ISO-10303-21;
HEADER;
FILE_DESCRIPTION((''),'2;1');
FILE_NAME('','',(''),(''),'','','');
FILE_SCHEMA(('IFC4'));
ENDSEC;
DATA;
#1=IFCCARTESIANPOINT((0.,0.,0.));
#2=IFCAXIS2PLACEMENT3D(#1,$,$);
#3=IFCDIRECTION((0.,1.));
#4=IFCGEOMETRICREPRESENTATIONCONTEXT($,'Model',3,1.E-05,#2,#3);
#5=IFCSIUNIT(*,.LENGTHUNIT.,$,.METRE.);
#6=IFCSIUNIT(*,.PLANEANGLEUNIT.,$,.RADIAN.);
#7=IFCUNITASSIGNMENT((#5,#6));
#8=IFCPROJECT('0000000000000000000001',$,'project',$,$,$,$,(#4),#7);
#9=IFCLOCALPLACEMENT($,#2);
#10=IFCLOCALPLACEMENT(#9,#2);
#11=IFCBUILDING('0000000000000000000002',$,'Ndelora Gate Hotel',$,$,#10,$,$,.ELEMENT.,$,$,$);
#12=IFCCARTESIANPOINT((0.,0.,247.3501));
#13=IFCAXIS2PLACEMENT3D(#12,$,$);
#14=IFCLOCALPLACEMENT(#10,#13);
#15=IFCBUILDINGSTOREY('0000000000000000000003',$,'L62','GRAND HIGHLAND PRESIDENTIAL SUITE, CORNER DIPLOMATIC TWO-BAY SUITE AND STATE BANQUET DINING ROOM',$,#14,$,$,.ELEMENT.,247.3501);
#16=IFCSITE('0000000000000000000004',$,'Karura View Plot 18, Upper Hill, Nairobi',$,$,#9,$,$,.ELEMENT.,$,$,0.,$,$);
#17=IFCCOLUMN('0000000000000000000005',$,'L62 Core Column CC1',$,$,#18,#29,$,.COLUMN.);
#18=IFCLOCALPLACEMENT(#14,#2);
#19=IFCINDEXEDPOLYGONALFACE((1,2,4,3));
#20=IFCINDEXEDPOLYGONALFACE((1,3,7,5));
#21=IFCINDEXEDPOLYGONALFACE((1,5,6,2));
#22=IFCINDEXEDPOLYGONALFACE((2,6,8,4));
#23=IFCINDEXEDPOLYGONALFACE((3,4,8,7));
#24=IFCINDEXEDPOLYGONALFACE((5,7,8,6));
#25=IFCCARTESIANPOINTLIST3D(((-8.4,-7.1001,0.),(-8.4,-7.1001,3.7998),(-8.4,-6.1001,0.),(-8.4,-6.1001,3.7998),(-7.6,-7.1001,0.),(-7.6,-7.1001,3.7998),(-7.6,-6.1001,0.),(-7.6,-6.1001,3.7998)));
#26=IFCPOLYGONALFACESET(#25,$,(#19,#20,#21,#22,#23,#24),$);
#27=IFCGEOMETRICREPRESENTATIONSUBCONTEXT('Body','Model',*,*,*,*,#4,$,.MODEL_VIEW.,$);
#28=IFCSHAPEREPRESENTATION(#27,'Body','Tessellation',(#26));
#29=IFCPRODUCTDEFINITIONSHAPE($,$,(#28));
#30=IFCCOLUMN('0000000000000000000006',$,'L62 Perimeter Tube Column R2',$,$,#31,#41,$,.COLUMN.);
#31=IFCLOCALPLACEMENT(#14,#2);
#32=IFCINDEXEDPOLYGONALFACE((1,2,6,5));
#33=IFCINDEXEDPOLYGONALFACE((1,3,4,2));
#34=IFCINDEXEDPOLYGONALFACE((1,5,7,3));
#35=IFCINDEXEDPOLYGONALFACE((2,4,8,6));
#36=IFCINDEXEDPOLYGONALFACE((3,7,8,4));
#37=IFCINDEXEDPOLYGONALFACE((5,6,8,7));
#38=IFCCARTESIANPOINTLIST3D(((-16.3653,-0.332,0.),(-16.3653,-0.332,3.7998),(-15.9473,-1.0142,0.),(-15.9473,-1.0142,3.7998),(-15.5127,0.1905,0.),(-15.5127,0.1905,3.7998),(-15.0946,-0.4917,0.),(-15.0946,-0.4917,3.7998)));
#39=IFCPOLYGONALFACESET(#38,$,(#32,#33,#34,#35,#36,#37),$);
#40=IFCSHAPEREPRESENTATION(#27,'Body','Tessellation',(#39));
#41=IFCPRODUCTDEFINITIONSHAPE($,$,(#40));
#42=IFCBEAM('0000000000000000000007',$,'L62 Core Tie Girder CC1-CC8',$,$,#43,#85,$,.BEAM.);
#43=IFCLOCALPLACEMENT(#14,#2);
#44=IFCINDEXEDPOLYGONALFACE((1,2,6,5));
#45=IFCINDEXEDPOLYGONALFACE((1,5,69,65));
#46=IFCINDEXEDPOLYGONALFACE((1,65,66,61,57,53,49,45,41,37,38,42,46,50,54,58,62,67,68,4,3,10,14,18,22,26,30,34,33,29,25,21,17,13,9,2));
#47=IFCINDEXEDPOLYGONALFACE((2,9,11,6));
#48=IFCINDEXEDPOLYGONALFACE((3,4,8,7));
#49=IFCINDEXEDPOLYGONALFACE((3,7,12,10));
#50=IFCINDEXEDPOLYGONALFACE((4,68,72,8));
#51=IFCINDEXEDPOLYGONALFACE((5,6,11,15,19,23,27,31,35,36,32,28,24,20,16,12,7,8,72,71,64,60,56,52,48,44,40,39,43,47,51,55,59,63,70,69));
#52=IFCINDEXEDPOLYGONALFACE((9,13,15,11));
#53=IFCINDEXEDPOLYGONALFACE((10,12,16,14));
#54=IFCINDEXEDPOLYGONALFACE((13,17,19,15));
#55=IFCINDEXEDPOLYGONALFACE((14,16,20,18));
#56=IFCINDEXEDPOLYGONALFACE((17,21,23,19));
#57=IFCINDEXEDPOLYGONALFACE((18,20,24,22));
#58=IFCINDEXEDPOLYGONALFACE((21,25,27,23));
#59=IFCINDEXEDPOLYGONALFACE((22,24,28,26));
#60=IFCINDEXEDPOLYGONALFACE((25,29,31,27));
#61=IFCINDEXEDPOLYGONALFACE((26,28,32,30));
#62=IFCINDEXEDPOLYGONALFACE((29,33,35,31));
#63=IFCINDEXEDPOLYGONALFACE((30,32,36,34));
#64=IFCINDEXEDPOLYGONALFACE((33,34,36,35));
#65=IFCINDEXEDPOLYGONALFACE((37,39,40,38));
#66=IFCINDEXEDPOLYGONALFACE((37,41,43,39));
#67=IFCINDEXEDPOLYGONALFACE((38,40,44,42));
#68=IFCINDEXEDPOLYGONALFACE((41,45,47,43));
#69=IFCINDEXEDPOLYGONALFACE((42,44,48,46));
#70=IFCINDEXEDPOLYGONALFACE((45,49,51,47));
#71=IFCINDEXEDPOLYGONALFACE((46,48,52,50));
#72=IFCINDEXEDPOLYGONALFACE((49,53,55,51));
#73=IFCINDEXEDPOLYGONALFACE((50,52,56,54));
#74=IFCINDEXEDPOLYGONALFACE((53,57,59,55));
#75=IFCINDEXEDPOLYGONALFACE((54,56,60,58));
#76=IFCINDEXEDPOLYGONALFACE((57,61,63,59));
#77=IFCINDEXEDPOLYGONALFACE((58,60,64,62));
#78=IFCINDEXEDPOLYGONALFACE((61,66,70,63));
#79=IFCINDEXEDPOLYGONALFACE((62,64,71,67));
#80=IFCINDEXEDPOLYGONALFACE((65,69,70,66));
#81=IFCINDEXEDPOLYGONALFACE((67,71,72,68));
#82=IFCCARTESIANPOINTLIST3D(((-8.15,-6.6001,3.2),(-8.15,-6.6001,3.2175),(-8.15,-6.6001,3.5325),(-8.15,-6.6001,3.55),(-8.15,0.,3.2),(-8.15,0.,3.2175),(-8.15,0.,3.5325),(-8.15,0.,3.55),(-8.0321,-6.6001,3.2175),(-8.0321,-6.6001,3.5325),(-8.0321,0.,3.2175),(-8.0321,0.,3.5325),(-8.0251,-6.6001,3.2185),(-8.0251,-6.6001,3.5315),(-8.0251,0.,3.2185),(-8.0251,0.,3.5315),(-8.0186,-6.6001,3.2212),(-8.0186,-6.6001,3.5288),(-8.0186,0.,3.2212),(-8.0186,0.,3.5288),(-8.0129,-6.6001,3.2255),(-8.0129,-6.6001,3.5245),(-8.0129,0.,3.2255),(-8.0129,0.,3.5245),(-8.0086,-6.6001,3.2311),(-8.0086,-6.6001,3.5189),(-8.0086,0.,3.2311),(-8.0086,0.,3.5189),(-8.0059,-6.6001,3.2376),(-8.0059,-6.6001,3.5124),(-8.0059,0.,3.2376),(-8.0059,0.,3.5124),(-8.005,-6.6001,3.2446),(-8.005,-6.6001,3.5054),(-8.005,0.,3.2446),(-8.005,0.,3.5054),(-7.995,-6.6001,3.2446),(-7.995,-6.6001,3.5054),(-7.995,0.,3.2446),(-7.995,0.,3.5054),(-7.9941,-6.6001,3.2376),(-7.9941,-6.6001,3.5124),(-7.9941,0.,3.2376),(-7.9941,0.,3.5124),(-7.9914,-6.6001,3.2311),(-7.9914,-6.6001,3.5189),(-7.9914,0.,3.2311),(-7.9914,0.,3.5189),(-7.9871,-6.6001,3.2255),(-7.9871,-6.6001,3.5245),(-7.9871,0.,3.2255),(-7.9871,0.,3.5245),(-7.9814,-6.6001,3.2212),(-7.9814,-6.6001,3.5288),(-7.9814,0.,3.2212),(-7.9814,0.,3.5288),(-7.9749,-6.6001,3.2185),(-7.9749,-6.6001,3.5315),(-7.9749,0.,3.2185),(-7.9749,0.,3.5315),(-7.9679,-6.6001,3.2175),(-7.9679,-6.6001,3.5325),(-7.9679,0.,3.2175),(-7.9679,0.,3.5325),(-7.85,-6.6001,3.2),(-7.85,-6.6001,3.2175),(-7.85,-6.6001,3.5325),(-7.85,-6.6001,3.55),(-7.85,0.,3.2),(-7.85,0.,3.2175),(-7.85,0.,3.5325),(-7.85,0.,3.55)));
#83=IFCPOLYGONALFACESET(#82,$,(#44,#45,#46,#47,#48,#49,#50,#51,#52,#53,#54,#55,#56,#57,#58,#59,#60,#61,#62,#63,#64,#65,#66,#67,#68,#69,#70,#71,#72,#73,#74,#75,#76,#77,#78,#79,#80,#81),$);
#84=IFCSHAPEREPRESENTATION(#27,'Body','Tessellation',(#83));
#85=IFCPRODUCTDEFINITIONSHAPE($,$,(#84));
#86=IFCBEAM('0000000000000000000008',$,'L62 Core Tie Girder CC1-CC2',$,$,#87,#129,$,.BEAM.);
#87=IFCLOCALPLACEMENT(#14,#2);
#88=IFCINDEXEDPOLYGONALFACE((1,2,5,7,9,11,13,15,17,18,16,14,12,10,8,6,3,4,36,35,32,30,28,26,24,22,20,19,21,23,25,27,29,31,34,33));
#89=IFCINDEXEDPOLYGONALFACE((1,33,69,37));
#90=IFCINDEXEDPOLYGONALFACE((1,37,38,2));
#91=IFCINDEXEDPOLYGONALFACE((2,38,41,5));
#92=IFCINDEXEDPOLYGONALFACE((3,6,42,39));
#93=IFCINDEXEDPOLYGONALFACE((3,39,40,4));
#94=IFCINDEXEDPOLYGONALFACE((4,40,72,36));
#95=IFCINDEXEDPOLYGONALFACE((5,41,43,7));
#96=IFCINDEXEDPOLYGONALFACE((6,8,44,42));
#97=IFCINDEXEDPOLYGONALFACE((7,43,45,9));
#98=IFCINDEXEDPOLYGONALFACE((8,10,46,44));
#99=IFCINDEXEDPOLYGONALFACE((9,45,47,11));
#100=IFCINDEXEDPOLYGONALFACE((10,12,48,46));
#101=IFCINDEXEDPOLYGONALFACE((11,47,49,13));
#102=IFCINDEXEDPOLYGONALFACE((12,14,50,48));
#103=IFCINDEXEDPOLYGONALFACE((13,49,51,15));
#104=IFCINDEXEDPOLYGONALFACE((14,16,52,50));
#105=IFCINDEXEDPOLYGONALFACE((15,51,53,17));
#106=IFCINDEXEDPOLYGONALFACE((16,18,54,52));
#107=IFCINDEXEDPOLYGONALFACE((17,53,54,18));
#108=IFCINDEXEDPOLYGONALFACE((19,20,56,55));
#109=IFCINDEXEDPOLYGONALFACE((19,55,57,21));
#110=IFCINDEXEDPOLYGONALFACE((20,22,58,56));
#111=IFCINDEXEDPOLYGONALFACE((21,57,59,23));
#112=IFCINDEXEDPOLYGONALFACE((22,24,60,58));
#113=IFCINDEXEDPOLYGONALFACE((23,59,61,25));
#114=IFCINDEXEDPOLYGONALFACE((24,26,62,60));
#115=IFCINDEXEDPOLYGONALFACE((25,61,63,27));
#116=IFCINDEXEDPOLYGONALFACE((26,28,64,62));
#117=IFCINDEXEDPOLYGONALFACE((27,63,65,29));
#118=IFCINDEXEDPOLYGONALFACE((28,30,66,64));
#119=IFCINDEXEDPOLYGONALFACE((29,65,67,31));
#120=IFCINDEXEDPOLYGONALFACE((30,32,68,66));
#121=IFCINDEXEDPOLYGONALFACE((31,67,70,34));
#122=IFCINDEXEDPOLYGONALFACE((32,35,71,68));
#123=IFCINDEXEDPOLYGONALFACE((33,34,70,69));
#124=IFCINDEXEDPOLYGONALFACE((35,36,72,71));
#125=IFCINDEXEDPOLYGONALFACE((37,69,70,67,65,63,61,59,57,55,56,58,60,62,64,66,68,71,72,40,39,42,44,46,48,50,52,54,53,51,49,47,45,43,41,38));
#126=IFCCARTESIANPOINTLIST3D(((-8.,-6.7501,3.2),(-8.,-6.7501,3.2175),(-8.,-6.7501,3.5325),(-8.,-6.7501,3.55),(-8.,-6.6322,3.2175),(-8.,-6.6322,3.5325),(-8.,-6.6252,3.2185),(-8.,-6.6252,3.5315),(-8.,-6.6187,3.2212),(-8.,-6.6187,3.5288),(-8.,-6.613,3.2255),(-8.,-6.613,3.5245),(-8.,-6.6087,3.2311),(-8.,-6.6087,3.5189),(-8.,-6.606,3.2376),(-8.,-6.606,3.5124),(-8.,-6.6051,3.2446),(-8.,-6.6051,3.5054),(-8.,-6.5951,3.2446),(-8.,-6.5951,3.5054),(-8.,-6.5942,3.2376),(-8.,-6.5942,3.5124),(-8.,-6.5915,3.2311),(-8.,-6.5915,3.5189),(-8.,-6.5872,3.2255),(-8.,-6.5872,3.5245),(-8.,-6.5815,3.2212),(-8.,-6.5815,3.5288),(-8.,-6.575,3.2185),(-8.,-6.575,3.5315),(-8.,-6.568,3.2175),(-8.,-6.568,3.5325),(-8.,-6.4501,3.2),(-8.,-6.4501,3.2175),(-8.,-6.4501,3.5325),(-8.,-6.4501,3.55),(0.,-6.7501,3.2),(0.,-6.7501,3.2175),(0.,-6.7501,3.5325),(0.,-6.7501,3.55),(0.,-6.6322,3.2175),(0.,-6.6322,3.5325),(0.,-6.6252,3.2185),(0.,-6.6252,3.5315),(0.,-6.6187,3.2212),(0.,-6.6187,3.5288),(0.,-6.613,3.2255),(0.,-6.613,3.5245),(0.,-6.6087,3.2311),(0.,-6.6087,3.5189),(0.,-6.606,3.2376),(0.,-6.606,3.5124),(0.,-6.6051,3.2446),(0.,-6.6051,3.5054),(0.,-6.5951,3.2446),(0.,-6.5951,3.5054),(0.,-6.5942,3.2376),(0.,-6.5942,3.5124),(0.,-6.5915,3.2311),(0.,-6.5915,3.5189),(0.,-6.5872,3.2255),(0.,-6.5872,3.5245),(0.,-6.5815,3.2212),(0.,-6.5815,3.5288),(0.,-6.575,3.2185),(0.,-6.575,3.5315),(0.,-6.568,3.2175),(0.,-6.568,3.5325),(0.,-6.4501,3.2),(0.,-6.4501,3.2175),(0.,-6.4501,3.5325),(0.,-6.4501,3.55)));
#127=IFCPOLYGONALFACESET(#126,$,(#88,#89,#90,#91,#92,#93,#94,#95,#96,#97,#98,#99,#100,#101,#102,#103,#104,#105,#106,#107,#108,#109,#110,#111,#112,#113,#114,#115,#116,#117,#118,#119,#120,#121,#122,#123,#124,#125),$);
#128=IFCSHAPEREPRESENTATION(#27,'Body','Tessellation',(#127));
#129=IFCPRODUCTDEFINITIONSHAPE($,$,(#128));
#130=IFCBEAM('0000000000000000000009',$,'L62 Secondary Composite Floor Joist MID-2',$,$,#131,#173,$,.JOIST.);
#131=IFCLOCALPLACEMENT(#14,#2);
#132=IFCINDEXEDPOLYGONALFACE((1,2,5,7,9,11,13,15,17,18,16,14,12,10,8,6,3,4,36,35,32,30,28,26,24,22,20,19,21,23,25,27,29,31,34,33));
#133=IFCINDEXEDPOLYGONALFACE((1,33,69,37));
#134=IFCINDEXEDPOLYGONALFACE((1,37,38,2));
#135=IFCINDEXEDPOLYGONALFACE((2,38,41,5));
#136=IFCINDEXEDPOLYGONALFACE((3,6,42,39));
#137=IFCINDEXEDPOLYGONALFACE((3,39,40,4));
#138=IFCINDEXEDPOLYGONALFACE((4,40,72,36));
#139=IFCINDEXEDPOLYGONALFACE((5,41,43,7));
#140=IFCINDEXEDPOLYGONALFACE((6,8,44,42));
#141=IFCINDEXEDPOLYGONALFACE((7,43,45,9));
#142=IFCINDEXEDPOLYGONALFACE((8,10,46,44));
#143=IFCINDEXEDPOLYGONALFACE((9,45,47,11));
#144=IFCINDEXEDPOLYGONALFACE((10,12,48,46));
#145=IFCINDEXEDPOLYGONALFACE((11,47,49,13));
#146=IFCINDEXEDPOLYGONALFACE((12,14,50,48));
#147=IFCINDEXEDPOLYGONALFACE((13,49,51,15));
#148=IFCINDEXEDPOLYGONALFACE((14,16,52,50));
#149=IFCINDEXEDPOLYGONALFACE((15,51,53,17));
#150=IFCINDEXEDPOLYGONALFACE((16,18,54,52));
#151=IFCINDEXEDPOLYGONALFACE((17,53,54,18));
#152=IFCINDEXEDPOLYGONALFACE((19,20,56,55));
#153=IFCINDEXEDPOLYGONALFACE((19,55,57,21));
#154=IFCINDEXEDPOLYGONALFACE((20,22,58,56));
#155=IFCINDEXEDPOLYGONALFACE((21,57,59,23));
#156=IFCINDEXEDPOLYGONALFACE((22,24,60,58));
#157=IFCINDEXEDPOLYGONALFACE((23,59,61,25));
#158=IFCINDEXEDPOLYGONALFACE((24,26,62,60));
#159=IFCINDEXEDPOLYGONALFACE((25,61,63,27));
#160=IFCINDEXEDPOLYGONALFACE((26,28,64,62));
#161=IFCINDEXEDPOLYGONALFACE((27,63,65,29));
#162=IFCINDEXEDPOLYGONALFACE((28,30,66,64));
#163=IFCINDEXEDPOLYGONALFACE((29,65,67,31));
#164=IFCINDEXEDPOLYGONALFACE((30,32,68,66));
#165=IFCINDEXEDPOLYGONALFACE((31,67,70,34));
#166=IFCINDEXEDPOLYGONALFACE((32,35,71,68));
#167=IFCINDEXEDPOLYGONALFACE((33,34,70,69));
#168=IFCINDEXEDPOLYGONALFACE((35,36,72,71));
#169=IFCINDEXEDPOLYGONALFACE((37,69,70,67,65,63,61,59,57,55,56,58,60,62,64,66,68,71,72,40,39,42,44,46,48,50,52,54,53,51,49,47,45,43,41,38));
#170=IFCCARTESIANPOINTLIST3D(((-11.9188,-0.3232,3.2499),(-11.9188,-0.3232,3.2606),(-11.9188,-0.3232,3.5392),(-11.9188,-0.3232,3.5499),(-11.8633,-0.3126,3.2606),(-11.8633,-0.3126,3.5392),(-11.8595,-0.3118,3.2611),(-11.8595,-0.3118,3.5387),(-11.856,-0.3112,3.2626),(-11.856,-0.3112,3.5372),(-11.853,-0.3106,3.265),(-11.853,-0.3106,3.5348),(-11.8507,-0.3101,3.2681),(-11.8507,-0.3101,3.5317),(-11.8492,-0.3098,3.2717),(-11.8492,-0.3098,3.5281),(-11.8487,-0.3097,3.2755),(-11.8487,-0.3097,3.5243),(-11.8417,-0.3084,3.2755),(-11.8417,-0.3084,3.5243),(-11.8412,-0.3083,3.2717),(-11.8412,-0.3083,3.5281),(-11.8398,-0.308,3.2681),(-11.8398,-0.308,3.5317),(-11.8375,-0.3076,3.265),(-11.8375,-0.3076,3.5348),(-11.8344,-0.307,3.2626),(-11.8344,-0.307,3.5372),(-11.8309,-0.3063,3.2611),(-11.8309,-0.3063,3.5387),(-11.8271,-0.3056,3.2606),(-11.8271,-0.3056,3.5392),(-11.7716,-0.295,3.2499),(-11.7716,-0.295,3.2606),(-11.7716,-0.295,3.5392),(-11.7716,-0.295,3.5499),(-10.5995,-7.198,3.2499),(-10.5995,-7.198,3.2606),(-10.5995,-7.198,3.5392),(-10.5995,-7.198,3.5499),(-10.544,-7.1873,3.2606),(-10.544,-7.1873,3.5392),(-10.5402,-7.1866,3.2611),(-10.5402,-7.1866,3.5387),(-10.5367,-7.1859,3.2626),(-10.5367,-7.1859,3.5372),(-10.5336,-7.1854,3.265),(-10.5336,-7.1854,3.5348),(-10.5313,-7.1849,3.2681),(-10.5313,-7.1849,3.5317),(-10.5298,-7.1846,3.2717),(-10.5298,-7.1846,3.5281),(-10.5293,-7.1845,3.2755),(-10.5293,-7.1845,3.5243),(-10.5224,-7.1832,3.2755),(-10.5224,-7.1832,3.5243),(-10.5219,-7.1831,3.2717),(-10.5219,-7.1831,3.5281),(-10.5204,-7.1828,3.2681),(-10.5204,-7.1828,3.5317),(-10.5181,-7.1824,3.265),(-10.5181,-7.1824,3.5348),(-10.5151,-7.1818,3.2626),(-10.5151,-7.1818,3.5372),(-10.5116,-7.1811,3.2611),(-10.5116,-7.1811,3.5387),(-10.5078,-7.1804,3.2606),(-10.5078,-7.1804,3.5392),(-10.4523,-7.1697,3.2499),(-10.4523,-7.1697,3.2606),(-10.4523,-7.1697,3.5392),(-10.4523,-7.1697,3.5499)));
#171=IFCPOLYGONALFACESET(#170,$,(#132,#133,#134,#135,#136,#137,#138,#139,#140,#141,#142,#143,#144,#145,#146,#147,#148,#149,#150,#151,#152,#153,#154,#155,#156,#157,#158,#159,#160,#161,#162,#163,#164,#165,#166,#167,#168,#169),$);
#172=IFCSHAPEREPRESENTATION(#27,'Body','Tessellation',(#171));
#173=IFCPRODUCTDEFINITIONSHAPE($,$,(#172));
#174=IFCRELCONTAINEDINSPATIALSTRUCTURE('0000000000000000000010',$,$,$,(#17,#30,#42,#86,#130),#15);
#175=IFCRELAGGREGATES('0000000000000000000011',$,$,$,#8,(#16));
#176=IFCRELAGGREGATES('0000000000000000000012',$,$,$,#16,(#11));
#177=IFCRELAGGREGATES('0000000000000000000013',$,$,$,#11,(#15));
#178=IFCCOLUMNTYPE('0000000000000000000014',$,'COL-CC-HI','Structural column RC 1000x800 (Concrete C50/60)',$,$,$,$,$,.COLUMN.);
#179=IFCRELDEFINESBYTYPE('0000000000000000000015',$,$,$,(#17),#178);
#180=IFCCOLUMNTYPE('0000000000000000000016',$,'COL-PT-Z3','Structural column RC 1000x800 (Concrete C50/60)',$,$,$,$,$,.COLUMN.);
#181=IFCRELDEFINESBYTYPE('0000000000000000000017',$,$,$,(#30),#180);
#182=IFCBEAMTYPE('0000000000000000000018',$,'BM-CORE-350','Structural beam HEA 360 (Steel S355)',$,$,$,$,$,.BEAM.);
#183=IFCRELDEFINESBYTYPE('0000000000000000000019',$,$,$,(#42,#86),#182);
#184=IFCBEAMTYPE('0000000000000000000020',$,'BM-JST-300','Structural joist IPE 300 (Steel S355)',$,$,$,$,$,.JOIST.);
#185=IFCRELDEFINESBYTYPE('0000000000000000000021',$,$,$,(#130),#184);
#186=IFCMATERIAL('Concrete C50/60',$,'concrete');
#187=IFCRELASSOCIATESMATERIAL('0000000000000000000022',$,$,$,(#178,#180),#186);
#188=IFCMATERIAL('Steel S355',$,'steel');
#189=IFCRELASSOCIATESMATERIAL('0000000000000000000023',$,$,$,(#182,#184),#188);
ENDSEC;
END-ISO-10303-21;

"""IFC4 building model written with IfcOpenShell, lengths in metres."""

from ifc_helpers import new_model, si_unit, direction, frame, origin, origin_2d, place, context, subcontext, project, spatial, rectangle, i_section, extrude, material, material_profile, profile_set, type_object, element, save


model = new_model("IFC4")

# Units and contexts
model_context = context("Model", 3, precision=1e-05, world=origin(), true_north=direction((0.0, 1.0)))
body_context = subcontext(model_context, "Body", "Model", "MODEL_VIEW")
ifc_project = project(units=[si_unit("LENGTHUNIT", "METRE"), si_unit("PLANEANGLEUNIT", "RADIAN")], contexts=[model_context])

# Site, building, storey
site_placement = place(None, origin())
site = spatial("IfcSite", under=ifc_project, at=site_placement, Name="Karura View Plot 18, Upper Hill, Nairobi", CompositionType="ELEMENT", RefElevation=0.0)
building_placement = place(site_placement, origin())
building = spatial("IfcBuilding", under=site, at=building_placement, Name="Ndelora Gate Hotel", CompositionType="ELEMENT")
storey_placement = place(building_placement, frame((0.0, 0.0, 247.3501)))
storey = spatial("IfcBuildingStorey", under=building, at=storey_placement, Name="L62", Description="GRAND HIGHLAND PRESIDENTIAL SUITE, CORNER DIPLOMATIC TWO-BAY SUITE AND STATE BANQUET DINING ROOM", CompositionType="ELEMENT", Elevation=247.3501)

# Columns
ifc_material_1 = material(Name="Concrete C50/60", Category="concrete")
ifc_material_profile_1 = material_profile(ifc_material_1, rectangle(XDim=0.8, YDim=1.0, at=origin_2d()), Name="RC 1000x800")
ifc_profile_set_1 = profile_set([ifc_material_profile_1], Name="Concrete C50/60")
column_type_1 = type_object("IfcColumnType", Name="COL-CC-HI", Description="Structural column RC 1000x800 (Concrete C50/60)", PredefinedType="COLUMN", material=ifc_profile_set_1)
column_1_placement = place(storey_placement, frame((-8.0, -6.6001, 0.0), z_axis=(0.0, 0.0, 1.0), x_axis=(1.0, 0.0, 0.0)))
element("IfcColumn", 1, at=column_1_placement, inside=storey, type_object=column_type_1, Name="L62 Core Column CC1", PredefinedType="COLUMN", context=body_context, shape_type="SweptSolid", body=[
    extrude(rectangle(XDim=0.8, YDim=1.0, at=origin_2d()), origin(), (0.0, 0.0, 1.0), 3.7998),
])
ifc_material_profile_2 = material_profile(ifc_material_1, rectangle(XDim=0.8, YDim=1.0, at=origin_2d()), Name="RC 1000x800")
ifc_profile_set_2 = profile_set([ifc_material_profile_2], Name="Concrete C50/60")
column_type_2 = type_object("IfcColumnType", Name="COL-PT-Z3", Description="Structural column RC 1000x800 (Concrete C50/60)", PredefinedType="COLUMN", material=ifc_profile_set_2)
column_2_placement = place(storey_placement, frame((-15.73, -0.4119, 0.0), z_axis=(0.0, 0.0, 1.0), x_axis=(-0.522499, 0.85264, 0.0)))
element("IfcColumn", 2, at=column_2_placement, inside=storey, type_object=column_type_2, Name="L62 Perimeter Tube Column R2", PredefinedType="COLUMN", context=body_context, shape_type="SweptSolid", body=[
    extrude(rectangle(XDim=0.8, YDim=1.0, at=origin_2d()), origin(), (0.0, 0.0, 1.0), 3.7998),
])

# Beams
ifc_material_2 = material(Name="Steel S355", Category="steel")
ifc_material_profile_3 = material_profile(ifc_material_2, i_section(OverallWidth=0.3, OverallDepth=0.3501, WebThickness=0.01, FlangeThickness=0.0176, FilletRadius=0.0271, at=origin_2d()), Name="HEA 360")
ifc_profile_set_3 = profile_set([ifc_material_profile_3], Name="Steel S355")
beam_type_1 = type_object("IfcBeamType", Name="BM-CORE-350", Description="Structural beam HEA 360 (Steel S355)", PredefinedType="BEAM", material=ifc_profile_set_3)
beam_1_placement = place(storey_placement, frame((-8.0, -6.6001, 3.375), z_axis=(0.0, 1.0, 0.0), x_axis=(-1.0, 0.0, 0.0)))
element("IfcBeam", 3, at=beam_1_placement, inside=storey, type_object=beam_type_1, Name="L62 Core Tie Girder CC1-CC8", PredefinedType="BEAM", context=body_context, shape_type="SweptSolid", body=[
    extrude(i_section(OverallWidth=0.3, OverallDepth=0.3501, WebThickness=0.01, FlangeThickness=0.0176, FilletRadius=0.0271, at=origin_2d()), origin(), (0.0, 0.0, 1.0), 6.6001),
])
beam_2_placement = place(storey_placement, frame((-8.0, -6.6001, 3.375), z_axis=(1.0, 0.0, 0.0), x_axis=(0.0, 1.0, 0.0)))
element("IfcBeam", 4, at=beam_2_placement, inside=storey, type_object=beam_type_1, Name="L62 Core Tie Girder CC1-CC2", PredefinedType="BEAM", context=body_context, shape_type="SweptSolid", body=[
    extrude(i_section(OverallWidth=0.3, OverallDepth=0.3501, WebThickness=0.01, FlangeThickness=0.0176, FilletRadius=0.0271, at=origin_2d()), origin(), (0.0, 0.0, 1.0), 8.0),
])
ifc_material_profile_4 = material_profile(ifc_material_2, i_section(OverallWidth=0.1499, OverallDepth=0.3, WebThickness=0.0071, FlangeThickness=0.0107, FilletRadius=0.0149, at=origin_2d()), Name="IPE 300")
ifc_profile_set_4 = profile_set([ifc_material_profile_4], Name="Steel S355")
beam_type_2 = type_object("IfcBeamType", Name="BM-JST-300", Description="Structural joist IPE 300 (Steel S355)", PredefinedType="JOIST", material=ifc_profile_set_4)
beam_3_placement = place(storey_placement, frame((-11.8452, -0.3091, 3.3999), z_axis=(0.188471, -0.982079, 0.0), x_axis=(0.982079, 0.188471, 0.0)))
element("IfcBeam", 5, at=beam_3_placement, inside=storey, type_object=beam_type_2, Name="L62 Secondary Composite Floor Joist MID-2", PredefinedType="JOIST", context=body_context, shape_type="SweptSolid", body=[
    extrude(i_section(OverallWidth=0.1499, OverallDepth=0.3, WebThickness=0.0071, FlangeThickness=0.0107, FilletRadius=0.0149, at=origin_2d()), origin(), (0.0, 0.0, 1.0), 7.0002),
])

save(model, "model.ifc")
